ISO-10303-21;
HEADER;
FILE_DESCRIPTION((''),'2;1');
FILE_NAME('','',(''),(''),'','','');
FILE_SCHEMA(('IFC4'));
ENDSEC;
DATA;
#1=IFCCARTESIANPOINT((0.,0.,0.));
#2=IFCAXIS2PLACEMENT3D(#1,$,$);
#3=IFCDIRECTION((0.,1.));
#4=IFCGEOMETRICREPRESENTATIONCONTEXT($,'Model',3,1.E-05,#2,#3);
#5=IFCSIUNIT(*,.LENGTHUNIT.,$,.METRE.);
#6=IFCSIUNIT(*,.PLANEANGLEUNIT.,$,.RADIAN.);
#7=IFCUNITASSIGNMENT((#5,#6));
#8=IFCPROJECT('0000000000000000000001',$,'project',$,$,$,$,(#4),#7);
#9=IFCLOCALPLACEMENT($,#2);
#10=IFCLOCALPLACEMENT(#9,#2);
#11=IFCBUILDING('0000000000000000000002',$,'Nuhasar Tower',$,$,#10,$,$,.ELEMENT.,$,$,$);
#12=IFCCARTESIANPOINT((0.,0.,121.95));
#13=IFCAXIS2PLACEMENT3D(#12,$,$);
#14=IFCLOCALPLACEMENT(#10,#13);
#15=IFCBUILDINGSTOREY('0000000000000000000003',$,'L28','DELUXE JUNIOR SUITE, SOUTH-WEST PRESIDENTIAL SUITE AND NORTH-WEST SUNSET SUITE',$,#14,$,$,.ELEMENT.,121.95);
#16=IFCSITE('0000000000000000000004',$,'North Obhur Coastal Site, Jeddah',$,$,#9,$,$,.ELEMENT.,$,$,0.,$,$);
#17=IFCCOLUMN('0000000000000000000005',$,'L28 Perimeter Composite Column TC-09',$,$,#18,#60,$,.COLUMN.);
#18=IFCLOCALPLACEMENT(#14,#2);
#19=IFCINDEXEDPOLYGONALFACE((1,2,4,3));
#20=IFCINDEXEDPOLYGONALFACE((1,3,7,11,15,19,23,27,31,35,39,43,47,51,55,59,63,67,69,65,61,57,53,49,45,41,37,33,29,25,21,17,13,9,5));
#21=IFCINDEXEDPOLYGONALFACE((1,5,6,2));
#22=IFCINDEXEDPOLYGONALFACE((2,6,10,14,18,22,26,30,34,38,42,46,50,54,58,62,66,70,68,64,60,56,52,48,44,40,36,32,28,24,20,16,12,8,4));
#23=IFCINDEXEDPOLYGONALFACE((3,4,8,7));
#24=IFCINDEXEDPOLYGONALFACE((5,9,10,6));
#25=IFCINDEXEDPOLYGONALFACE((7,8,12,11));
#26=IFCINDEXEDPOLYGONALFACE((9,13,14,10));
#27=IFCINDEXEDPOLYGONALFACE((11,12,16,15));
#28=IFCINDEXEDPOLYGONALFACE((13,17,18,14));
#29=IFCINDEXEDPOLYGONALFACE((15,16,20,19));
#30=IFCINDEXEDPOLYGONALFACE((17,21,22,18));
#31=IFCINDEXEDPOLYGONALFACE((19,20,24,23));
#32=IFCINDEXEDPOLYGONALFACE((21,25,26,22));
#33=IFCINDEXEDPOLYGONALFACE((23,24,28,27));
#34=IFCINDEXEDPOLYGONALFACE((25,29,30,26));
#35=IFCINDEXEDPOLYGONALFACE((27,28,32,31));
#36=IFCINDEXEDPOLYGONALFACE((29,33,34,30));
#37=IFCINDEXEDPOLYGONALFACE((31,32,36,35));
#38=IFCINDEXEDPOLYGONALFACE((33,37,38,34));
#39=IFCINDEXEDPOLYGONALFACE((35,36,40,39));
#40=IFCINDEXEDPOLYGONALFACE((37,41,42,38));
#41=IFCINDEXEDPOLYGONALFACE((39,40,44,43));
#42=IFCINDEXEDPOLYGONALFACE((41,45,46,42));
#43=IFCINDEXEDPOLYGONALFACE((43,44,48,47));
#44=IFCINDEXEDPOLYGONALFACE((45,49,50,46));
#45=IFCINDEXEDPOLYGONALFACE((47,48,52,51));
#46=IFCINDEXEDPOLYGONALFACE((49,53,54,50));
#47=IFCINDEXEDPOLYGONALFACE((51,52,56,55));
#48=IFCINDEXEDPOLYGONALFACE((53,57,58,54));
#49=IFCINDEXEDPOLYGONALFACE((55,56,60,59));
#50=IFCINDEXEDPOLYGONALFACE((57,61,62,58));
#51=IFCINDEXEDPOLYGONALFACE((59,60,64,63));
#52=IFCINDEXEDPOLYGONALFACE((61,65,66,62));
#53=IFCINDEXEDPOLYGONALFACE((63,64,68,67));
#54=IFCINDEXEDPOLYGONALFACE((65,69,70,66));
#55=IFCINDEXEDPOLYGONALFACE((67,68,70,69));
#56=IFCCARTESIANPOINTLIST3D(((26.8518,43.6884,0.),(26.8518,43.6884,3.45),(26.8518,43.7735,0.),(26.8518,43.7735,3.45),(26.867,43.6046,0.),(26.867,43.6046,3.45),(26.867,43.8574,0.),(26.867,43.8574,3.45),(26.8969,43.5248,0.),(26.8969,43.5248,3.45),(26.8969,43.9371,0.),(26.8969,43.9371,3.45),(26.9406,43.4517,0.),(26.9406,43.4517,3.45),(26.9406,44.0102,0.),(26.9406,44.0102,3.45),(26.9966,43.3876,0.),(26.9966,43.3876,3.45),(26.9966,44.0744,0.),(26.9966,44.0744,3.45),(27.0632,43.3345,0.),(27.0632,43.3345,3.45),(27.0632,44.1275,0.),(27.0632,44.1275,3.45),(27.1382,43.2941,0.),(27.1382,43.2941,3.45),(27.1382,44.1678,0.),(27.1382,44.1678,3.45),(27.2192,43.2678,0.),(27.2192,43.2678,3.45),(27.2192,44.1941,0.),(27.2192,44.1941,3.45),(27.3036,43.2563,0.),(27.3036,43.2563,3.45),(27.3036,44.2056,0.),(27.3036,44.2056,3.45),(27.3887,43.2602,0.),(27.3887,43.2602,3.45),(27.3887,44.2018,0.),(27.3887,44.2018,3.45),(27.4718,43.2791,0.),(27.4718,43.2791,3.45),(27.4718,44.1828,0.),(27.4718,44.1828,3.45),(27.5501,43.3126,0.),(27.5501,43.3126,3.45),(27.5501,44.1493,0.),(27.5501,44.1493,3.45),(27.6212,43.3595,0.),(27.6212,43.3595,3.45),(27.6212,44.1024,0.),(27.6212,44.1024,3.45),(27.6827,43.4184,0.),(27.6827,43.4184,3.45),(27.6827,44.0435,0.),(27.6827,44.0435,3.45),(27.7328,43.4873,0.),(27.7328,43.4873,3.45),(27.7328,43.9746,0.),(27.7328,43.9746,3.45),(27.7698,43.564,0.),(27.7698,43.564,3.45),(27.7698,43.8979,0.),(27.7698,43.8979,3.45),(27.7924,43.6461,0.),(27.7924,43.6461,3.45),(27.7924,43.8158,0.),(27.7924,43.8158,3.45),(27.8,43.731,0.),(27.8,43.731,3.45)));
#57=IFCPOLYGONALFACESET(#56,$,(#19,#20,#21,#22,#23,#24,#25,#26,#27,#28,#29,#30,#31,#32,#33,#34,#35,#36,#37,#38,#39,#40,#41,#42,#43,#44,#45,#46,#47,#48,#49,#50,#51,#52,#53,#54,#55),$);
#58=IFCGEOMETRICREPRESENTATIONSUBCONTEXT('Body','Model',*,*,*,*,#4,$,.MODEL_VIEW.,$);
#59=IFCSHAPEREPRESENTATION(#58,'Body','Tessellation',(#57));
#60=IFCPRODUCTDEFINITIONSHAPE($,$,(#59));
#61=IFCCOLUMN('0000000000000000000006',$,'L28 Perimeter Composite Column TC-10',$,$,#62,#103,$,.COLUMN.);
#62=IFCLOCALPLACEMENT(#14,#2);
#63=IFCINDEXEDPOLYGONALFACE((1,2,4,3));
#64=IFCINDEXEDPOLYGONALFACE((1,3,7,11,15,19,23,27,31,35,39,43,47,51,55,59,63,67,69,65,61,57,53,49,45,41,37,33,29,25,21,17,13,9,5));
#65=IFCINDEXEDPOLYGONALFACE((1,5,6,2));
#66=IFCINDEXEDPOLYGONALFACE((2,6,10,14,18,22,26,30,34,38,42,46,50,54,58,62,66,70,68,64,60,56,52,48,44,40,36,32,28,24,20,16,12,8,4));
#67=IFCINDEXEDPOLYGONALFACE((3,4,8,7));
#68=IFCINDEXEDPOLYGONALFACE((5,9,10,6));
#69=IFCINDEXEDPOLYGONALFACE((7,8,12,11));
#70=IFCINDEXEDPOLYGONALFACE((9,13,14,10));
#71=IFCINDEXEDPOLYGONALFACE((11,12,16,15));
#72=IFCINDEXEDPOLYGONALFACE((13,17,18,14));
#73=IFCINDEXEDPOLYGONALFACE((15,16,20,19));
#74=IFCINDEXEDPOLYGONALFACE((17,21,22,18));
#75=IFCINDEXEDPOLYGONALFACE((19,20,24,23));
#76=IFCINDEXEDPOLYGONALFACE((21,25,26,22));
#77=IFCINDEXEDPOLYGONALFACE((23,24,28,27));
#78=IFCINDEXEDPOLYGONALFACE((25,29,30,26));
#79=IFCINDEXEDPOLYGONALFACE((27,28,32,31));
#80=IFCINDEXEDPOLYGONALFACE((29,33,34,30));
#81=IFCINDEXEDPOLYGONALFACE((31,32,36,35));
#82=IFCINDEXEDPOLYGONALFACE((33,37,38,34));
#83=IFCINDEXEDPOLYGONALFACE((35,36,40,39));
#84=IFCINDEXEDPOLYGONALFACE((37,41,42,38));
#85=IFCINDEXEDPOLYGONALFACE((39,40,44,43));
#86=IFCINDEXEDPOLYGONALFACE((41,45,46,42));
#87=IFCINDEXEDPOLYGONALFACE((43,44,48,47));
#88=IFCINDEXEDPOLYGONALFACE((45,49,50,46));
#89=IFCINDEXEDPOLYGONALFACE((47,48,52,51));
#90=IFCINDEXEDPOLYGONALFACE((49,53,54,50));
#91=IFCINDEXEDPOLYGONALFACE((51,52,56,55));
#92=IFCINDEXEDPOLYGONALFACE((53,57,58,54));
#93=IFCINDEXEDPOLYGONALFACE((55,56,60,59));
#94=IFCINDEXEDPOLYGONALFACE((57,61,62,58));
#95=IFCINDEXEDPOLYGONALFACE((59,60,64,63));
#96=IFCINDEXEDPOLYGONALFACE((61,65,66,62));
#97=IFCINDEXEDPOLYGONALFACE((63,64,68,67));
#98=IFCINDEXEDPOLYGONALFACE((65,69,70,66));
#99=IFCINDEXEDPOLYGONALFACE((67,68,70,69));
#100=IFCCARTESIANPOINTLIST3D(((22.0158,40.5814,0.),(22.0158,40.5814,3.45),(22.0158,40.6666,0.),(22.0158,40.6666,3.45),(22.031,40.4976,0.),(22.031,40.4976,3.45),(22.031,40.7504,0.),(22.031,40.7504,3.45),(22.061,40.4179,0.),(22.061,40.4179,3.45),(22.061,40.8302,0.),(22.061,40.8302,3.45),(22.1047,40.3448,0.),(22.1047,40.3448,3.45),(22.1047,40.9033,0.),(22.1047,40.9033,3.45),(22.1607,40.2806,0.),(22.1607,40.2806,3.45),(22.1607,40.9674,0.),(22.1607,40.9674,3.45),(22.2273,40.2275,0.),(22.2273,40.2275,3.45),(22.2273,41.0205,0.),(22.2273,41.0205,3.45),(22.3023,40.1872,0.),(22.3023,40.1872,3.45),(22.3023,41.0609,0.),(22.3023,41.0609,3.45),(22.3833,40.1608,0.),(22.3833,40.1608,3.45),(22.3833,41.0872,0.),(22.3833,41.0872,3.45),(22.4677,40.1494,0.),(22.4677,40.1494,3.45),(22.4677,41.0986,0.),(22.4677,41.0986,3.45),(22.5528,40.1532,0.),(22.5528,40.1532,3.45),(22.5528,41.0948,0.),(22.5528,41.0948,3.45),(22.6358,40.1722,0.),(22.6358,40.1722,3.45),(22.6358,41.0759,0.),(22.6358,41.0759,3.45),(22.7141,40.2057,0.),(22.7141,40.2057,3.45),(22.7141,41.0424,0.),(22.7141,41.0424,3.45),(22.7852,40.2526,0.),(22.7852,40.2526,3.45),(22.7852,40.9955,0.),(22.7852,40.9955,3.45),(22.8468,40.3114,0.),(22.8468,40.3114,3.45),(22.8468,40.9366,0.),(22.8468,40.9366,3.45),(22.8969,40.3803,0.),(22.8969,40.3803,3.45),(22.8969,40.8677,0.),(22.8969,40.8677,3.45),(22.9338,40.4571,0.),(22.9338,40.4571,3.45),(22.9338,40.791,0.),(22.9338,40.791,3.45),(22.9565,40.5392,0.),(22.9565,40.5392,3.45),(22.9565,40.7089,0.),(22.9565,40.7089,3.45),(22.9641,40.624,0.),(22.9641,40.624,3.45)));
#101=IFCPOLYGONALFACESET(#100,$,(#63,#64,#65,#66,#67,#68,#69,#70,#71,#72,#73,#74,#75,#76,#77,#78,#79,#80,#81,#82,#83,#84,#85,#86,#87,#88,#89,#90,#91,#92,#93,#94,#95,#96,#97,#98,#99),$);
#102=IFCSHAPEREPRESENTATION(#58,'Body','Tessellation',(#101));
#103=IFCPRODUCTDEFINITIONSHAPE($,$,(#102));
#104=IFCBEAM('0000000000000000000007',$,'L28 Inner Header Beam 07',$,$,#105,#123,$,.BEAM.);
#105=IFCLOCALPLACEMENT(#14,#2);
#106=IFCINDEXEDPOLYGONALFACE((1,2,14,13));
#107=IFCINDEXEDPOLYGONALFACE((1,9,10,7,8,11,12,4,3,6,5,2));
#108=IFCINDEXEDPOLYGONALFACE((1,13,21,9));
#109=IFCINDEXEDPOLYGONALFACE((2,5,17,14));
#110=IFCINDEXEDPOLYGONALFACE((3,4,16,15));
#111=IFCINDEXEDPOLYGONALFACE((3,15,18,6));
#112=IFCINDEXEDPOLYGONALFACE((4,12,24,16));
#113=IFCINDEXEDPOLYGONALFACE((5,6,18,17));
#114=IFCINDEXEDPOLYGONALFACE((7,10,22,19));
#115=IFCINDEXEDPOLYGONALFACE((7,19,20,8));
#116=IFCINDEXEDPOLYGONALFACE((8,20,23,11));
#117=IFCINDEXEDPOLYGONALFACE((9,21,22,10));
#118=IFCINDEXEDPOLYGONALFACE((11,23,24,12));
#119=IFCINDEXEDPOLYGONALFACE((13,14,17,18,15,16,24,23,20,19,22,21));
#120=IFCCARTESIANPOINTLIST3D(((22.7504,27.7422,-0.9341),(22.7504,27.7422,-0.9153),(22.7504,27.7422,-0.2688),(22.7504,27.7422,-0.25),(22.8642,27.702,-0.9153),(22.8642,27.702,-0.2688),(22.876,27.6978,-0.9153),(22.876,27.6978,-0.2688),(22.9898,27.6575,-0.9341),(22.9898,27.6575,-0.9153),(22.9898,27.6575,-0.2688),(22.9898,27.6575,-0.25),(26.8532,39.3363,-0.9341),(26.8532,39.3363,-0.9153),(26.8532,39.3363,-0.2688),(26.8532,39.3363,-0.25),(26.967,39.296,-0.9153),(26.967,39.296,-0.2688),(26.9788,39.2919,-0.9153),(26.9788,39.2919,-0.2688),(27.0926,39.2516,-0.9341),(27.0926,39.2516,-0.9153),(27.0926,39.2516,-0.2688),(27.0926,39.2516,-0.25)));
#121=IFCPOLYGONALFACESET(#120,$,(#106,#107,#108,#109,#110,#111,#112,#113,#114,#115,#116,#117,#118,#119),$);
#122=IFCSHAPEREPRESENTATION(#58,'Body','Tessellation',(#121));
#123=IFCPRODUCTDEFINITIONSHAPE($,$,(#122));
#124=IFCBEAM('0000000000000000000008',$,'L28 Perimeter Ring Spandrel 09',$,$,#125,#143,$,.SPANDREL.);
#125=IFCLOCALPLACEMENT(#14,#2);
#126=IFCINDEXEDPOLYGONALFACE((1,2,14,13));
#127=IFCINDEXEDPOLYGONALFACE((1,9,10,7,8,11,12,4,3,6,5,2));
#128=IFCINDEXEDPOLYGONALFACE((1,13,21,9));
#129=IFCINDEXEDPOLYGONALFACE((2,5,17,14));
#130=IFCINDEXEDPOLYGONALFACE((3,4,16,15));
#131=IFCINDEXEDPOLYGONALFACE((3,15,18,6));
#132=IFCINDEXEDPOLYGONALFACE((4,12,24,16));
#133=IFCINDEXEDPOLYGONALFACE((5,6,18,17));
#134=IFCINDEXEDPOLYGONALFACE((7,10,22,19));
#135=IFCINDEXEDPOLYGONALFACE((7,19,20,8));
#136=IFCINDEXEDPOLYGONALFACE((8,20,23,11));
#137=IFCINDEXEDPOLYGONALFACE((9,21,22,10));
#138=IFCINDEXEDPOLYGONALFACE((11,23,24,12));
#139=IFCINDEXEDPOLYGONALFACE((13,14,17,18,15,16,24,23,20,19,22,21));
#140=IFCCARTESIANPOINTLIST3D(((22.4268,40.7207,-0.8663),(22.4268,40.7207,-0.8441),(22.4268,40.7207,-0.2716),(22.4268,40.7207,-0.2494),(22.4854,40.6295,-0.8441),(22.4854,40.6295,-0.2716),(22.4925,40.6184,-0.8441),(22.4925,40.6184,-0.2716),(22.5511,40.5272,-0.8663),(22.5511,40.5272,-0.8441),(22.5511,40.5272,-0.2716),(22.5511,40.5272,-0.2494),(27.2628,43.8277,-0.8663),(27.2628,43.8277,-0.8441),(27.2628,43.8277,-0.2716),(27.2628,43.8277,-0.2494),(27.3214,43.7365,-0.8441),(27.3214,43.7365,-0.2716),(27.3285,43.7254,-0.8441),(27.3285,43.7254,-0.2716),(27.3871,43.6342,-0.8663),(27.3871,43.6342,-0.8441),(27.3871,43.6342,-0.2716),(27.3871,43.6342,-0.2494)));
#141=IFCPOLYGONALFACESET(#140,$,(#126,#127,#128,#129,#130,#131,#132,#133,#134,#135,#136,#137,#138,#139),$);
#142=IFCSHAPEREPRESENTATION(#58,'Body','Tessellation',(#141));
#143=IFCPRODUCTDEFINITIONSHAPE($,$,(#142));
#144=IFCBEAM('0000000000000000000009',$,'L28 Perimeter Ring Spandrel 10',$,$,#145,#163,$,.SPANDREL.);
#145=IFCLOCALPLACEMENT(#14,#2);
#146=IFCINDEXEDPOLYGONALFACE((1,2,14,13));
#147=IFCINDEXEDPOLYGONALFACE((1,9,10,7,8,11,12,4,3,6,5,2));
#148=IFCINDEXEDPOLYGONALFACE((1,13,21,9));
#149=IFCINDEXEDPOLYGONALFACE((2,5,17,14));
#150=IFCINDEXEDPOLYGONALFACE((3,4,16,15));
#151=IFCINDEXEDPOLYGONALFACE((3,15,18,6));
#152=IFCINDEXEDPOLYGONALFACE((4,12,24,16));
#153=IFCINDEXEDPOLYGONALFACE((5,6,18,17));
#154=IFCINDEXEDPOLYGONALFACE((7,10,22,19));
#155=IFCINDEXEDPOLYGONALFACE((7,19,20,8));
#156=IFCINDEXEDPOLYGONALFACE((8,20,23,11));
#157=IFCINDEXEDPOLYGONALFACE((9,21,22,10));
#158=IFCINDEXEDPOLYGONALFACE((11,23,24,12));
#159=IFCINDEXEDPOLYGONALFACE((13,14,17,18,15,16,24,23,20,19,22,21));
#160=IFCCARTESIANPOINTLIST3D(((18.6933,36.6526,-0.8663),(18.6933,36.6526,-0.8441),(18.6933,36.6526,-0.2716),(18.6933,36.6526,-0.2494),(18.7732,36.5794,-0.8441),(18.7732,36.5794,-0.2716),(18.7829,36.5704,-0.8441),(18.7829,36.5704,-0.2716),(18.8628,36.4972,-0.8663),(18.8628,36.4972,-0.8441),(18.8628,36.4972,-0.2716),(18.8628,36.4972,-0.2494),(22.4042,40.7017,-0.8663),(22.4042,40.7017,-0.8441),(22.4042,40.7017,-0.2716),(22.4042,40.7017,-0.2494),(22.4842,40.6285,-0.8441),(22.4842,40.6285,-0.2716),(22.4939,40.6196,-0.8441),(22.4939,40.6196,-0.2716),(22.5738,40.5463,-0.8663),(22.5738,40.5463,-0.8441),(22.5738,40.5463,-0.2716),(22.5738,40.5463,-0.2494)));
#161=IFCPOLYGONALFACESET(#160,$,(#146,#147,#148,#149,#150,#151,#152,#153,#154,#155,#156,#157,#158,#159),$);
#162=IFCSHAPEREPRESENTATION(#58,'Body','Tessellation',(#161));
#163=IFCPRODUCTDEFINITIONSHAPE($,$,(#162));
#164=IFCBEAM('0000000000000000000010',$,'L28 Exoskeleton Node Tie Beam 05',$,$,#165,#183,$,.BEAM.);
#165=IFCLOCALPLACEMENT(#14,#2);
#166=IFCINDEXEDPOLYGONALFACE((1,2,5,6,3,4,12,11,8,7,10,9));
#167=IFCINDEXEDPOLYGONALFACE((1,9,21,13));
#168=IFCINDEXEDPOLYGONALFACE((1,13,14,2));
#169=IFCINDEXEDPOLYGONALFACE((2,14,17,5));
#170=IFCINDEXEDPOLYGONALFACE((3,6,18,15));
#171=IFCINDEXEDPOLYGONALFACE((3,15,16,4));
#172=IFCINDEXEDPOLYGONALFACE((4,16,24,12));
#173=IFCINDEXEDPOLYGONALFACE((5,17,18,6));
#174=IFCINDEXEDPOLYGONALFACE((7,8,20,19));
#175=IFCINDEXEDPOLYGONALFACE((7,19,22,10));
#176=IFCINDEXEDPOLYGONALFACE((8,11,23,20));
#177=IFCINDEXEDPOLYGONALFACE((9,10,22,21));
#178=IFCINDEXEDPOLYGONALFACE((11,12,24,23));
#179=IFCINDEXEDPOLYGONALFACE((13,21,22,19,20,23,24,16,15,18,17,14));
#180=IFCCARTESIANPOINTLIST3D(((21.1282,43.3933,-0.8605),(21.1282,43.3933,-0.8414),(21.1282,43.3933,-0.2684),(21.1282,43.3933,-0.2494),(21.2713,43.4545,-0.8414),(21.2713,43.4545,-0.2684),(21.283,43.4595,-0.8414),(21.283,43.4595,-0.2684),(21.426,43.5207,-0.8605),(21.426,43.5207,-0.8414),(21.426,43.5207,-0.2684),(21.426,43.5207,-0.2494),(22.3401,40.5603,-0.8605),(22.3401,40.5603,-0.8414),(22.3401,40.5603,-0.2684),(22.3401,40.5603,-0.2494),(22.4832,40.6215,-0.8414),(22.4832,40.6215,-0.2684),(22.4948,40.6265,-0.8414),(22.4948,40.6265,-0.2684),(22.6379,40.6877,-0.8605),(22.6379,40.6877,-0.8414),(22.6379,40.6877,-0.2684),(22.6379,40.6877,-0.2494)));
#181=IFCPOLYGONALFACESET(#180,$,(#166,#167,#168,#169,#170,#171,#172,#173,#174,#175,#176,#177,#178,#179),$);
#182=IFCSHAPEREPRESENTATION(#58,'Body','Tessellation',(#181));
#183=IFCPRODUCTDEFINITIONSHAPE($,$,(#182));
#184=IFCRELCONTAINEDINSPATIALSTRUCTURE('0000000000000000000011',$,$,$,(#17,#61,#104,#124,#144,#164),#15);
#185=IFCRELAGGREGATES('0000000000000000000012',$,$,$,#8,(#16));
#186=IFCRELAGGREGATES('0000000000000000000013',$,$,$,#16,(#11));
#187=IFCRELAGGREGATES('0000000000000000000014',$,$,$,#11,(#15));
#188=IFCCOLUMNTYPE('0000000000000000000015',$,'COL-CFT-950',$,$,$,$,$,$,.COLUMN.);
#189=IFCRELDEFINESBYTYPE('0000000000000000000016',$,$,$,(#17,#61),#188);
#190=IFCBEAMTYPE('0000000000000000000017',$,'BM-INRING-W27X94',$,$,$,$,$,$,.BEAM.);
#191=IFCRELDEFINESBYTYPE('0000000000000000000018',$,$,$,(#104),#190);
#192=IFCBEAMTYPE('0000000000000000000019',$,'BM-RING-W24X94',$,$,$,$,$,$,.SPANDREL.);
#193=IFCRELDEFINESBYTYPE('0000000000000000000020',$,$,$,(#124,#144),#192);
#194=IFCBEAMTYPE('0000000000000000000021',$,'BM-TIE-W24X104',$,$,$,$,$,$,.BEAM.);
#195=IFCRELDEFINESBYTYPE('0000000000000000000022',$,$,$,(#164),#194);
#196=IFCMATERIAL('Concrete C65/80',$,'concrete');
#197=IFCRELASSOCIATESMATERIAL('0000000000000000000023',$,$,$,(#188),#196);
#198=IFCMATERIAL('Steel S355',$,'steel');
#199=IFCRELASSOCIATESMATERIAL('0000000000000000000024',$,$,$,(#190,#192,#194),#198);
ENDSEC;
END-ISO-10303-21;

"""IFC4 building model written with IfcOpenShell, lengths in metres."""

from ifc_helpers import new_model, si_unit, direction, frame, origin, origin_2d, place, context, subcontext, project, spatial, circle, i_section, extrude, material, material_profile, profile_set, type_object, element, save


model = new_model("IFC4")

# Units and contexts
model_context = context("Model", 3, precision=1e-05, world=origin(), true_north=direction((0.0, 1.0)))
body_context = subcontext(model_context, "Body", "Model", "MODEL_VIEW")
ifc_project = project(units=[si_unit("LENGTHUNIT", "METRE"), si_unit("PLANEANGLEUNIT", "RADIAN")], contexts=[model_context])

# Site, building, storey
site_placement = place(None, origin())
site = spatial("IfcSite", under=ifc_project, at=site_placement, Name="North Obhur Coastal Site, Jeddah", CompositionType="ELEMENT", RefElevation=0.0)
building_placement = place(site_placement, origin())
building = spatial("IfcBuilding", under=site, at=building_placement, Name="Nuhasar Tower", CompositionType="ELEMENT")
storey_placement = place(building_placement, frame((0.0, 0.0, 121.95)))
storey = spatial("IfcBuildingStorey", under=building, at=storey_placement, Name="L28", Description="DELUXE JUNIOR SUITE, SOUTH-WEST PRESIDENTIAL SUITE AND NORTH-WEST SUNSET SUITE", CompositionType="ELEMENT", Elevation=121.95)

# Columns
ifc_material_1 = material(Name="Concrete C65/80", Category="concrete")
ifc_material_profile_1 = material_profile(ifc_material_1, circle(Radius=0.4751, at=origin_2d()), Name="CFT950")
ifc_profile_set_1 = profile_set([ifc_material_profile_1], Name="Concrete C65/80")
column_type = type_object("IfcColumnType", Name="COL-CFT-950", PredefinedType="COLUMN", material=ifc_profile_set_1)
for number, where, z_axis, x_axis, name in (
    (1, (27.325, 43.731, 0.0), (0.0, 0.0, 1.0), (1.0, 0.0, 0.0), "L28 Perimeter Composite Column TC-09"),
    (2, (22.489, 40.624, 0.0), (0.0, 0.0, 1.0), (1.0, 0.0, 0.0), "L28 Perimeter Composite Column TC-10"),
):
    element("IfcColumn", number, at=place(storey_placement, frame(where, z_axis=z_axis, x_axis=x_axis)), inside=storey, type_object=column_type, Name=name, PredefinedType="COLUMN", context=body_context, shape_type="SweptSolid", body=[
        extrude(circle(Radius=0.4751, at=origin_2d()), origin(), (0.0, 0.0, 1.0), 3.45),
    ])

# Beams
ifc_material_2 = material(Name="Steel S355", Category="steel")
ifc_material_profile_2 = material_profile(ifc_material_2, i_section(OverallWidth=0.2539, OverallDepth=0.6841, WebThickness=0.0125, FlangeThickness=0.0188, at=origin_2d()), Name="W27X94")
ifc_profile_set_2 = profile_set([ifc_material_profile_2], Name="Steel S355")
beam_type_1 = type_object("IfcBeamType", Name="BM-INRING-W27X94", PredefinedType="BEAM", material=ifc_profile_set_2)
beam_1_placement = place(storey_placement, frame((26.9729, 39.2939, -0.592), z_axis=(-0.3336, -0.942715, 0.0), x_axis=(0.942715, -0.3336, 0.0)))
element("IfcBeam", 3, at=beam_1_placement, inside=storey, type_object=beam_type_1, Name="L28 Inner Header Beam 07", PredefinedType="BEAM", context=body_context, shape_type="SweptSolid", body=[
    extrude(i_section(OverallWidth=0.2539, OverallDepth=0.6841, WebThickness=0.0125, FlangeThickness=0.0188, at=origin_2d()), origin(), (0.0, 0.0, 1.0), 12.2986),
])
ifc_material_profile_3 = material_profile(ifc_material_2, i_section(OverallWidth=0.23, OverallDepth=0.6169, WebThickness=0.0132, FlangeThickness=0.0222, at=origin_2d()), Name="W24X94")
ifc_profile_set_3 = profile_set([ifc_material_profile_3], Name="Steel S355")
beam_type_2 = type_object("IfcBeamType", Name="BM-RING-W24X94", PredefinedType="SPANDREL", material=ifc_profile_set_3)
beam_2_placement = place(storey_placement, frame((27.325, 43.731, -0.5579), z_axis=(-0.841327, -0.540526, 0.0), x_axis=(0.540526, -0.841327, 0.0)))
element("IfcBeam", 4, at=beam_2_placement, inside=storey, type_object=beam_type_2, Name="L28 Perimeter Ring Spandrel 09", PredefinedType="SPANDREL", context=body_context, shape_type="SweptSolid", body=[
    extrude(i_section(OverallWidth=0.23, OverallDepth=0.6169, WebThickness=0.0132, FlangeThickness=0.0222, at=origin_2d()), origin(), (0.0, 0.0, 1.0), 5.748),
])
beam_3_placement = place(storey_placement, frame((22.489, 40.624, -0.5579), z_axis=(-0.675654, -0.737219, 0.0), x_axis=(0.737219, -0.675654, 0.0)))
element("IfcBeam", 5, at=beam_3_placement, inside=storey, type_object=beam_type_2, Name="L28 Perimeter Ring Spandrel 10", PredefinedType="SPANDREL", context=body_context, shape_type="SweptSolid", body=[
    extrude(i_section(OverallWidth=0.23, OverallDepth=0.6169, WebThickness=0.0132, FlangeThickness=0.0222, at=origin_2d()), origin(), (0.0, 0.0, 1.0), 5.4924),
])
ifc_material_profile_4 = material_profile(ifc_material_2, i_section(OverallWidth=0.324, OverallDepth=0.6111, WebThickness=0.0127, FlangeThickness=0.019, at=origin_2d()), Name="W24X104")
ifc_profile_set_4 = profile_set([ifc_material_profile_4], Name="Steel S355")
beam_type_3 = type_object("IfcBeamType", Name="BM-TIE-W24X104", PredefinedType="BEAM", material=ifc_profile_set_4)
beam_4_placement = place(storey_placement, frame((22.489, 40.624, -0.5549), z_axis=(-0.393307, 0.919407, 0.0), x_axis=(-0.919407, -0.393307, 0.0)))
element("IfcBeam", 6, at=beam_4_placement, inside=storey, type_object=beam_type_3, Name="L28 Exoskeleton Node Tie Beam 05", PredefinedType="BEAM", context=body_context, shape_type="SweptSolid", body=[
    extrude(i_section(OverallWidth=0.324, OverallDepth=0.6111, WebThickness=0.0127, FlangeThickness=0.019, at=origin_2d()), origin(), (0.0, 0.0, 1.0), 3.0813),
])

save(model, "model.ifc")
